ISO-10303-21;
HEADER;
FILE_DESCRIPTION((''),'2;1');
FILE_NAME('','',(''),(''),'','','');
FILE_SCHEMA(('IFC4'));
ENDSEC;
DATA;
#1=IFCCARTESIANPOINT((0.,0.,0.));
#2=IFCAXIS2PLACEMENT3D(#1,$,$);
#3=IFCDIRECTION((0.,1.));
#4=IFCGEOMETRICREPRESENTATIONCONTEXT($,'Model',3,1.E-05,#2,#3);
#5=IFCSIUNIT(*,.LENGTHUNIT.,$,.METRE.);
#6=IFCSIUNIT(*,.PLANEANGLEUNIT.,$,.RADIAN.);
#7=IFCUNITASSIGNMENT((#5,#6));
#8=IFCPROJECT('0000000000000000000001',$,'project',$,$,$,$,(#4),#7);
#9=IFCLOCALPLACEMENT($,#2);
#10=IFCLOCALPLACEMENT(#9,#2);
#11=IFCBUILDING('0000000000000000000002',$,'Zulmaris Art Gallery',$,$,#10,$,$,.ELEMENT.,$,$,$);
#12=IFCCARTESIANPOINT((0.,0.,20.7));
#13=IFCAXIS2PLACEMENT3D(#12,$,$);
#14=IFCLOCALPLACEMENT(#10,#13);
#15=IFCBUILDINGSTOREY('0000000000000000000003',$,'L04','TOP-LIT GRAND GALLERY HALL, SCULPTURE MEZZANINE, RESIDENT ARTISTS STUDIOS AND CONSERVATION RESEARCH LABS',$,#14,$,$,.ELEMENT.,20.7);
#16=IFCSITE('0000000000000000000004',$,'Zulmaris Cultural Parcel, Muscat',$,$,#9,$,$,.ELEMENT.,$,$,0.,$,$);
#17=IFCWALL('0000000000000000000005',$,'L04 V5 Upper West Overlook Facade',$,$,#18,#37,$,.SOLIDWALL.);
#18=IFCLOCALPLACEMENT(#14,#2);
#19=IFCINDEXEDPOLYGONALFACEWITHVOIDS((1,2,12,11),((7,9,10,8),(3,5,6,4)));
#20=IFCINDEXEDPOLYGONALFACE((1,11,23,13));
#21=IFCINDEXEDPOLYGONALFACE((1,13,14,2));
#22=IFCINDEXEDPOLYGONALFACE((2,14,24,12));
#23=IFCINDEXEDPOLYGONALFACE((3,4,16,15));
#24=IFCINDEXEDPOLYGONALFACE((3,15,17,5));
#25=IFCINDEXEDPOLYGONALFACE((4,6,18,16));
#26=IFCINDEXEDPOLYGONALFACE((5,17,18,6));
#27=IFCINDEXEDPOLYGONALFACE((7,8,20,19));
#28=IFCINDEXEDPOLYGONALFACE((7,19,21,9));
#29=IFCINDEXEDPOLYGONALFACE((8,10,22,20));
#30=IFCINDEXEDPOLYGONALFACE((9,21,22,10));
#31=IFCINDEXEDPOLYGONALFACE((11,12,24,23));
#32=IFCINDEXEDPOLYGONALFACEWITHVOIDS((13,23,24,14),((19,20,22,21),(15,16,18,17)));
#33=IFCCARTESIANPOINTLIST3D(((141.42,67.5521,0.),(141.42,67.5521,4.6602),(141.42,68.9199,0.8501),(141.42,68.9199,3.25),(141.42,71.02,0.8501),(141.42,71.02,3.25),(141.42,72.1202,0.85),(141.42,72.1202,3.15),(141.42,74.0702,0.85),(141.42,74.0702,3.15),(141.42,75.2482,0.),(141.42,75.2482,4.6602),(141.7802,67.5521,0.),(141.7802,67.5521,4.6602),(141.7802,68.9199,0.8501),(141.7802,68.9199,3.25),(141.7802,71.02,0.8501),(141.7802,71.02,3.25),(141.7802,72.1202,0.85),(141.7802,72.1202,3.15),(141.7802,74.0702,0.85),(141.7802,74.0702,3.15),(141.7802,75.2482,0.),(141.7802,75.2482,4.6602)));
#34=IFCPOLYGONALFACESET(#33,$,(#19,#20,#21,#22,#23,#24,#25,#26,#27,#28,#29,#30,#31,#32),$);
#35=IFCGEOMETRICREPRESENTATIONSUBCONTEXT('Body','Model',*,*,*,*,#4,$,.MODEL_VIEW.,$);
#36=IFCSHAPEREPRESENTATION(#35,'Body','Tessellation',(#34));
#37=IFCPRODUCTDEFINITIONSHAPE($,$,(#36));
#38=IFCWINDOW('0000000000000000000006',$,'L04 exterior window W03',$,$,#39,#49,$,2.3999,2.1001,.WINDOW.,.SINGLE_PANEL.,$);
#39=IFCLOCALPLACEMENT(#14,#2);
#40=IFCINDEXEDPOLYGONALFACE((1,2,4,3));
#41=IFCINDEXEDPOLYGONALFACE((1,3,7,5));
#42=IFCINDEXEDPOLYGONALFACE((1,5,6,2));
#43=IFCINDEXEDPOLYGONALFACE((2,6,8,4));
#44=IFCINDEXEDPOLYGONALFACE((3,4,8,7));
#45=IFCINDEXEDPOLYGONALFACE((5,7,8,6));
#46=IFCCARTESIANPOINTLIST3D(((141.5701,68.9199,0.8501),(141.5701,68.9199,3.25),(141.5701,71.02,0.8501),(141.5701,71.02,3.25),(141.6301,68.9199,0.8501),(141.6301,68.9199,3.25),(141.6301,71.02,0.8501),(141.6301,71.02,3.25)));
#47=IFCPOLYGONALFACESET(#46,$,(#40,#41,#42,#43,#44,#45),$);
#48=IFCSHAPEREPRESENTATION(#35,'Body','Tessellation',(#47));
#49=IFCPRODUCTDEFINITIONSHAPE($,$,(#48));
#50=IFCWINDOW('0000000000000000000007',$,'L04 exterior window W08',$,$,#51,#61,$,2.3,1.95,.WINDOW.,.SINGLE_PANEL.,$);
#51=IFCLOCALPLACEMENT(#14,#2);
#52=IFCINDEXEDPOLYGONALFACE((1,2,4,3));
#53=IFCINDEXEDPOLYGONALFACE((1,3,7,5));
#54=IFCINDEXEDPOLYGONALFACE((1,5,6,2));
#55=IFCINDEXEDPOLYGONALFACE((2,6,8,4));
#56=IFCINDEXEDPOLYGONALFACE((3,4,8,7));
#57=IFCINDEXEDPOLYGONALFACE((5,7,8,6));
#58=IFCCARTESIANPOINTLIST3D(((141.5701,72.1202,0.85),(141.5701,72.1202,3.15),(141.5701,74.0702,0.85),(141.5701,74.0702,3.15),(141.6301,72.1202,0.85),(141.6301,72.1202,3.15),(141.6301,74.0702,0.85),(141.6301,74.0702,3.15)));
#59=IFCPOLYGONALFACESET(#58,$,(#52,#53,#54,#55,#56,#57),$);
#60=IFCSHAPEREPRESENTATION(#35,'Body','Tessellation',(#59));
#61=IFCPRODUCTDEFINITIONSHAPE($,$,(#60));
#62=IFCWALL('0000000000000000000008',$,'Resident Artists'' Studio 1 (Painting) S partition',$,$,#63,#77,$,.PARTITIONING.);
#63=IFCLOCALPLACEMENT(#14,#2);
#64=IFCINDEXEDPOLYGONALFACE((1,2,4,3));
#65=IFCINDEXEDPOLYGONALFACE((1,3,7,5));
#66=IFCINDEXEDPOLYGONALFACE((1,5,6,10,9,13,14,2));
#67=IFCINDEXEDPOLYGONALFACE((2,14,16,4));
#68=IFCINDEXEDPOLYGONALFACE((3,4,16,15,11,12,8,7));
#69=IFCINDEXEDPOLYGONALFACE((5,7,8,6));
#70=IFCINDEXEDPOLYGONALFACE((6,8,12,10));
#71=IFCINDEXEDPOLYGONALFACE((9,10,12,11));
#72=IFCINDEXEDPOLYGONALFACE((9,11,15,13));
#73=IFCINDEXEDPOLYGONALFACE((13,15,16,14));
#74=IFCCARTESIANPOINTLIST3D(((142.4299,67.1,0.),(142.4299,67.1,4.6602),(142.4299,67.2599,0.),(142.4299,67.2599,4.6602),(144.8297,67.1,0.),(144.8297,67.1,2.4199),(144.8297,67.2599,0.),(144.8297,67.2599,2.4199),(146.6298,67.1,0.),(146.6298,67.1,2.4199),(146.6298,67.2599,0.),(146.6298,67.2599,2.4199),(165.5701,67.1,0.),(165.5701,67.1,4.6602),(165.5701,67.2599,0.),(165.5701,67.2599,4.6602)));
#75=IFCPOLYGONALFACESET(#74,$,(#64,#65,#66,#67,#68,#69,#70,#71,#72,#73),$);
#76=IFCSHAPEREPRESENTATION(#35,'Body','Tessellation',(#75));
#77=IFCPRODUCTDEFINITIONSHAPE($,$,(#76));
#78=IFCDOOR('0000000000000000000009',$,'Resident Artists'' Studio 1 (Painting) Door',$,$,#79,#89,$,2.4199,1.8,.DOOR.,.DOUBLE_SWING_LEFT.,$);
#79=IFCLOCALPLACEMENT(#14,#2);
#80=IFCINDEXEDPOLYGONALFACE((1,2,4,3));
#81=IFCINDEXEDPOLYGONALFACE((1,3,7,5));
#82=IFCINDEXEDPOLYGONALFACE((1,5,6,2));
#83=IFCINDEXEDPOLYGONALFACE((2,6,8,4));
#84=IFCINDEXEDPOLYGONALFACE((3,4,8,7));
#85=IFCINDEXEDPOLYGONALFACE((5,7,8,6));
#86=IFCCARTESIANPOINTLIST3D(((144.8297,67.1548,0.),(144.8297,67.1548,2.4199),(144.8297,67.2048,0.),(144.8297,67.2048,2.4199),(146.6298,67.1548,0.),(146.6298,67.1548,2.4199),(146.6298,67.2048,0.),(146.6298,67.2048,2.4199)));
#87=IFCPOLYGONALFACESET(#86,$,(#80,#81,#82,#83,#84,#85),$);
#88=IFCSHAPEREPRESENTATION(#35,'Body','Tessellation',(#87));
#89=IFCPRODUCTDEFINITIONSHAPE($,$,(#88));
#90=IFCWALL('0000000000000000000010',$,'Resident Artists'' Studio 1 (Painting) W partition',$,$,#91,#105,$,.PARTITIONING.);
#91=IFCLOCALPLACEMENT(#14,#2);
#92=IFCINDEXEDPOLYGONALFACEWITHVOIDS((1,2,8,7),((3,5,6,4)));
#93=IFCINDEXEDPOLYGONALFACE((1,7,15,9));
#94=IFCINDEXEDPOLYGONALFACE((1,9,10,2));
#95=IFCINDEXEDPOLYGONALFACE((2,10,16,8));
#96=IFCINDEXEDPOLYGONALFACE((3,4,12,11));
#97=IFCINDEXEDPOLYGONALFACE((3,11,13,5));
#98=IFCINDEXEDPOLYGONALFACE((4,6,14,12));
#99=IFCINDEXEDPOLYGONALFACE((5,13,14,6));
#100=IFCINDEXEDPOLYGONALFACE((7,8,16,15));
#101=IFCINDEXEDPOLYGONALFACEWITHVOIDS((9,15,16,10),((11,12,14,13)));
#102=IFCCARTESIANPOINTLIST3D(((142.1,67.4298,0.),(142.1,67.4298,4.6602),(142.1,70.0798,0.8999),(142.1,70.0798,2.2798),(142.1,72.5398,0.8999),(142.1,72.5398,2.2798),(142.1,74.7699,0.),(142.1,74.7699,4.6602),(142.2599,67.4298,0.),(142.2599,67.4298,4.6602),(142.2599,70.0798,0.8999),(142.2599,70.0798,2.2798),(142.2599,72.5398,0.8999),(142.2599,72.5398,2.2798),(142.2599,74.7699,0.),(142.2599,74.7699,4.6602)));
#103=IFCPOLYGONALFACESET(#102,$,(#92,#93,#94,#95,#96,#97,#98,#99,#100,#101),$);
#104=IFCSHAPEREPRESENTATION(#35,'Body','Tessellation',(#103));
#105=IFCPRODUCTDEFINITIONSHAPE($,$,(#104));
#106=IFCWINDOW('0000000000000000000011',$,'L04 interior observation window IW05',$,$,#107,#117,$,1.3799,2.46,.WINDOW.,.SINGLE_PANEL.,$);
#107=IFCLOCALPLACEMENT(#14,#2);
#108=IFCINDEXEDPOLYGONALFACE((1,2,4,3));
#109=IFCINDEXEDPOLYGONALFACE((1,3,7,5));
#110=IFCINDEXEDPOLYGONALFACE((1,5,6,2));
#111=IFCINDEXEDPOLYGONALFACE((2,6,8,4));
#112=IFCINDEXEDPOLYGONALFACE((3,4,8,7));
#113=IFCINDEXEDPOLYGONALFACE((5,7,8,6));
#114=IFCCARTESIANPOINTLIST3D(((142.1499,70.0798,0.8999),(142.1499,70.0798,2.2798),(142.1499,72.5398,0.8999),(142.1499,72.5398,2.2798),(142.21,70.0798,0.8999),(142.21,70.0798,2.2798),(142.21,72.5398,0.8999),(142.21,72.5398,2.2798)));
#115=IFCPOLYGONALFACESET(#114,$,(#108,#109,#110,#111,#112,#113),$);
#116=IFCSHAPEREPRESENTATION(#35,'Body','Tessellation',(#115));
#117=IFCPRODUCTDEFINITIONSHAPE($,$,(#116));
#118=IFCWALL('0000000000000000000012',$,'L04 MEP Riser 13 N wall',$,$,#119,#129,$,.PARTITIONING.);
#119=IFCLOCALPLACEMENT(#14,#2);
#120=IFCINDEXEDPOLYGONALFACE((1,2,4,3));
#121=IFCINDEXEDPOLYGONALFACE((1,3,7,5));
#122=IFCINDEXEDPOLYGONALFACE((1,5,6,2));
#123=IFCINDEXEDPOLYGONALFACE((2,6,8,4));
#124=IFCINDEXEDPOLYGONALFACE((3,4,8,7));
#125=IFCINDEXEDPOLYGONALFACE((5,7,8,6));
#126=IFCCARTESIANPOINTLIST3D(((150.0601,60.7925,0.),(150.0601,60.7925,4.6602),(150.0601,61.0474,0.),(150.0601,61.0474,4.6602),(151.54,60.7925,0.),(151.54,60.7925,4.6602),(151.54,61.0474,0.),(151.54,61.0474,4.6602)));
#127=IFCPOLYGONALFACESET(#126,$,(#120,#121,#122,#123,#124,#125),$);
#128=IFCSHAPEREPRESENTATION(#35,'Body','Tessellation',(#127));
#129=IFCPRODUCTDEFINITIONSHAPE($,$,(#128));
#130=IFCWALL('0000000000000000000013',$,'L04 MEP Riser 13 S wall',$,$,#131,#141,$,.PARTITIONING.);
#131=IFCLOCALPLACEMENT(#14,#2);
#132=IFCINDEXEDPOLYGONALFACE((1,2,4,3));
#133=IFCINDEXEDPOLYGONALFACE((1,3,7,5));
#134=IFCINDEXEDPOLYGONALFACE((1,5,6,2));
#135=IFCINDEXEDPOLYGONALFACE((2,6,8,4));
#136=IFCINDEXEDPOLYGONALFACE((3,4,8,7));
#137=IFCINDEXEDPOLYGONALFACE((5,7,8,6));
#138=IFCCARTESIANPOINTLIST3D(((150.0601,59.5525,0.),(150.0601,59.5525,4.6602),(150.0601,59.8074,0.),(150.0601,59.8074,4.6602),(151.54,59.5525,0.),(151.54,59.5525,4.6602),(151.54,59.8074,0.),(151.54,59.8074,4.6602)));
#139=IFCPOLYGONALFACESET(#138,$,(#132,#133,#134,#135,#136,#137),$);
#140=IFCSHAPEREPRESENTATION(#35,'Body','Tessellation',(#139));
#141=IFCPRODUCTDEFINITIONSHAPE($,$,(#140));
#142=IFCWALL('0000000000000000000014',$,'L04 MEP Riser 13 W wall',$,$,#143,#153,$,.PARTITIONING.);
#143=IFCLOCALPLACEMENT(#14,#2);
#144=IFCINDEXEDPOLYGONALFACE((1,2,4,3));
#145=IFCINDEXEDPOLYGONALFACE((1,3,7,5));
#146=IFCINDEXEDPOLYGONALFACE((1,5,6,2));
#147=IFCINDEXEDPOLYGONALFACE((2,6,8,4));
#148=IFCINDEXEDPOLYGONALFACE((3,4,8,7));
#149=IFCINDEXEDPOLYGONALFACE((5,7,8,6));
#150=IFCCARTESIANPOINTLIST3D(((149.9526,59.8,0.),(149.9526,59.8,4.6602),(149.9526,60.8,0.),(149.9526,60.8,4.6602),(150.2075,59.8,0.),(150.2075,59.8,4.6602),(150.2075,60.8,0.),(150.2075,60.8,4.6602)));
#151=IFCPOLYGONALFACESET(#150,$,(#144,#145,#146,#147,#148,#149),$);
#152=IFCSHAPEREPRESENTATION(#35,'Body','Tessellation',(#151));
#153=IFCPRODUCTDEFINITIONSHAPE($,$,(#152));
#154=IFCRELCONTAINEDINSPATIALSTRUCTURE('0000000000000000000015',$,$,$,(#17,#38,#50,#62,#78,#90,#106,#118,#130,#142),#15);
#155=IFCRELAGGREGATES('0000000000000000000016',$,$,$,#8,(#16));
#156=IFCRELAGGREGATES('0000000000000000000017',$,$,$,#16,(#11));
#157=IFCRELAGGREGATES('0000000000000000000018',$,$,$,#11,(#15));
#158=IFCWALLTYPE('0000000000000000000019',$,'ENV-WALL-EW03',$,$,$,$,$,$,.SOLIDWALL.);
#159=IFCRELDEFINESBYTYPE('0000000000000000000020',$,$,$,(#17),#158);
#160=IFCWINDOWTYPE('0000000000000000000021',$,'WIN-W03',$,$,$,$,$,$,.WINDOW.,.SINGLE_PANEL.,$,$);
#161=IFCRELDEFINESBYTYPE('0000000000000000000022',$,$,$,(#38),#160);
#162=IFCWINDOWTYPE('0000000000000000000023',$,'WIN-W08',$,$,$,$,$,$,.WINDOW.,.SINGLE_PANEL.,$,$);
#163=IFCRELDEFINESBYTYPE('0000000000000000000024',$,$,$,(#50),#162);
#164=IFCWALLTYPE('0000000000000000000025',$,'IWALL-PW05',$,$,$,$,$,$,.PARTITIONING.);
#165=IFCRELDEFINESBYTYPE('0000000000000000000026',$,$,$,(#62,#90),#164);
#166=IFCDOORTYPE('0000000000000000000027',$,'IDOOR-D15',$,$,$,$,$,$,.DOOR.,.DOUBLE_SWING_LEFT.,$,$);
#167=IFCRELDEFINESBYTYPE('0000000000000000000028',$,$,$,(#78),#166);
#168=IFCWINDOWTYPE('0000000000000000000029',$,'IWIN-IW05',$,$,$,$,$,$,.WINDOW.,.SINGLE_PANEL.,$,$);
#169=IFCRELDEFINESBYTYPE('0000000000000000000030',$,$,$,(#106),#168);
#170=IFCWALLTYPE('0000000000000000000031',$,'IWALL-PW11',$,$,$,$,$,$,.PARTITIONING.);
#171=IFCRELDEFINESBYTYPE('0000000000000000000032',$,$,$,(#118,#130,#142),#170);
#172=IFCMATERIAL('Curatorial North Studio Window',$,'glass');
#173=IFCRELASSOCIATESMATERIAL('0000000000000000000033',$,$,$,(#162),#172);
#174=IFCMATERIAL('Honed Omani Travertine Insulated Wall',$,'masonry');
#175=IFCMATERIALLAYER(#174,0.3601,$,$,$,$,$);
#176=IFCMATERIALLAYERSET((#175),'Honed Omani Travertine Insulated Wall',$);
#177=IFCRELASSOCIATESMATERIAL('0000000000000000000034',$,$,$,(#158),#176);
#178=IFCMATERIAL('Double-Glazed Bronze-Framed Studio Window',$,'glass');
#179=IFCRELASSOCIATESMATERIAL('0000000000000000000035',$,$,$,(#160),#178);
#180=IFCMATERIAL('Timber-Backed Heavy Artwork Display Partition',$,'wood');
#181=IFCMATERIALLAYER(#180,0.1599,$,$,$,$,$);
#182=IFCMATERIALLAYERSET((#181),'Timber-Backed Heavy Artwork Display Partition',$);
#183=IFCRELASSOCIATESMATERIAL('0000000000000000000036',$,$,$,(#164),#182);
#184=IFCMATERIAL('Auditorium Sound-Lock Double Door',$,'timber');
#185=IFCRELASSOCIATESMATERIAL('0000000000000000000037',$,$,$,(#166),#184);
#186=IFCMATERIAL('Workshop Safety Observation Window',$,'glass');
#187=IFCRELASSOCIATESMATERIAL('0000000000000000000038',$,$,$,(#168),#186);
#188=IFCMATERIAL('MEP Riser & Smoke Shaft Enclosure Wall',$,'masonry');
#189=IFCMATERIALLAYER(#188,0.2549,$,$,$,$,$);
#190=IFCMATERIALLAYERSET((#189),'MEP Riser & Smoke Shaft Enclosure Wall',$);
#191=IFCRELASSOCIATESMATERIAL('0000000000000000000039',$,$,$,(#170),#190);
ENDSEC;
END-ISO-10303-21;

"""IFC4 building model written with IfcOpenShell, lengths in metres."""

from ifc_helpers import new_model, si_unit, direction, frame, frame_2d, origin, place, context, subcontext, project, spatial, rectangle, extrude, material, layer, layer_set, type_object, element, fill, save


model = new_model("IFC4")

# Units and contexts
model_context = context("Model", 3, precision=1e-05, world=origin(), true_north=direction((0.0, 1.0)))
body_context = subcontext(model_context, "Body", "Model", "MODEL_VIEW")
ifc_project = project(units=[si_unit("LENGTHUNIT", "METRE"), si_unit("PLANEANGLEUNIT", "RADIAN")], contexts=[model_context])

# Site, building, storey
site_placement = place(None, origin())
site = spatial("IfcSite", under=ifc_project, at=site_placement, Name="Zulmaris Cultural Parcel, Muscat", CompositionType="ELEMENT", RefElevation=0.0)
building_placement = place(site_placement, origin())
building = spatial("IfcBuilding", under=site, at=building_placement, Name="Zulmaris Art Gallery", CompositionType="ELEMENT")
storey_placement = place(building_placement, frame((0.0, 0.0, 20.7)))
storey = spatial("IfcBuildingStorey", under=building, at=storey_placement, Name="L04", Description="TOP-LIT GRAND GALLERY HALL, SCULPTURE MEZZANINE, RESIDENT ARTISTS STUDIOS AND CONSERVATION RESEARCH LABS", CompositionType="ELEMENT", Elevation=20.7)

# Wall, openings, windows
ifc_material_1 = material(Name="Curatorial North Studio Window", Category="glass")
window_type_1 = type_object("IfcWindowType", Name="WIN-W08", PartitioningType="SINGLE_PANEL", PredefinedType="WINDOW", material=ifc_material_1)
ifc_material_2 = material(Name="Honed Omani Travertine Insulated Wall", Category="masonry")
ifc_layer_1 = layer(ifc_material_2, 0.3601)
ifc_layer_set_1 = layer_set([ifc_layer_1], Name="Honed Omani Travertine Insulated Wall")
wall_type_1 = type_object("IfcWallType", Name="ENV-WALL-EW03", PredefinedType="SOLIDWALL", material=ifc_layer_set_1)
ifc_material_3 = material(Name="Double-Glazed Bronze-Framed Studio Window", Category="glass")
window_type_2 = type_object("IfcWindowType", Name="WIN-W03", PartitioningType="SINGLE_PANEL", PredefinedType="WINDOW", material=ifc_material_3)
wall_1_placement = place(storey_placement, frame((141.6001, 67.552, 0.0), z_axis=(0.0, 0.0, 1.0), x_axis=(0.0, 1.0, 0.0)))
wall_1 = element("IfcWall", 1, at=wall_1_placement, inside=storey, type_object=wall_type_1, Name="L04 V5 Upper West Overlook Facade", PredefinedType="SOLIDWALL", context=body_context, shape_type="SweptSolid", body=[
    extrude(rectangle(XDim=7.696, YDim=0.3601, at=frame_2d((3.8481, 0.0))), origin(), (0.0, 0.0, 1.0), 4.6602),
])
opening_1_placement = place(wall_1_placement, frame((1.3679, 0.0, 0.8501)))
opening_1 = element("IfcOpeningElement", 2, at=opening_1_placement, cuts=wall_1, PredefinedType="OPENING", context=body_context, shape_type="SweptSolid", body=[
    extrude(rectangle(XDim=2.1001, YDim=2.3999, at=frame_2d((1.05, 1.2))), frame((0.0, 0.1899, 0.0), z_axis=(0.0, -1.0, 0.0), x_axis=(1.0, 0.0, 0.0)), (0.0, 0.0, 1.0), 0.3801),
])
opening_2_placement = place(wall_1_placement, frame((4.5681, 0.0, 0.8501)))
opening_2 = element("IfcOpeningElement", 3, at=opening_2_placement, cuts=wall_1, PredefinedType="OPENING", context=body_context, shape_type="SweptSolid", body=[
    extrude(rectangle(XDim=1.95, YDim=2.3, at=frame_2d((0.9751, 1.1499))), frame((0.0, 0.1899, 0.0), z_axis=(0.0, -1.0, 0.0), x_axis=(1.0, 0.0, 0.0)), (0.0, 0.0, 1.0), 0.3801),
])
window_1_placement = place(opening_1_placement, origin())
window_1 = element("IfcWindow", 4, at=window_1_placement, inside=storey, type_object=window_type_2, Name="L04 exterior window W03", OverallHeight=2.3999, OverallWidth=2.1001, PartitioningType="SINGLE_PANEL", PredefinedType="WINDOW", context=body_context, shape_type="SweptSolid", body=[
    extrude(rectangle(XDim=2.1001, YDim=2.3999, at=frame_2d((1.05, 1.2))), frame((0.0, 0.03, 0.0), z_axis=(0.0, -1.0, 0.0), x_axis=(1.0, 0.0, 0.0)), (0.0, 0.0, 1.0), 0.0601),
])
fill(opening_1, window_1)
window_2_placement = place(opening_2_placement, origin())
window_2 = element("IfcWindow", 5, at=window_2_placement, inside=storey, type_object=window_type_1, Name="L04 exterior window W08", OverallHeight=2.3, OverallWidth=1.95, PartitioningType="SINGLE_PANEL", PredefinedType="WINDOW", context=body_context, shape_type="SweptSolid", body=[
    extrude(rectangle(XDim=1.95, YDim=2.3, at=frame_2d((0.9751, 1.1499))), frame((0.0, 0.03, 0.0), z_axis=(0.0, -1.0, 0.0), x_axis=(1.0, 0.0, 0.0)), (0.0, 0.0, 1.0), 0.0601),
])
fill(opening_2, window_2)

# Wall, opening, door
ifc_material_4 = material(Name="Timber-Backed Heavy Artwork Display Partition", Category="wood")
ifc_layer_2 = layer(ifc_material_4, 0.1599)
ifc_layer_set_2 = layer_set([ifc_layer_2], Name="Timber-Backed Heavy Artwork Display Partition")
wall_type_2 = type_object("IfcWallType", Name="IWALL-PW05", PredefinedType="PARTITIONING", material=ifc_layer_set_2)
wall_2_placement = place(storey_placement, frame((142.4299, 67.1799, 0.0), z_axis=(0.0, 0.0, 1.0), x_axis=(1.0, 0.0, 0.0)))
wall_2 = element("IfcWall", 6, at=wall_2_placement, inside=storey, type_object=wall_type_2, Name="Resident Artists' Studio 1 (Painting) S partition", PredefinedType="PARTITIONING", context=body_context, shape_type="SweptSolid", body=[
    extrude(rectangle(XDim=23.1401, YDim=0.1599, at=frame_2d((11.5701, 0.0))), origin(), (0.0, 0.0, 1.0), 4.6602),
])
opening_3_placement = place(wall_2_placement, frame((2.3999, 0.0, 0.0)))
opening_3 = element("IfcOpeningElement", 7, at=opening_3_placement, cuts=wall_2, PredefinedType="OPENING", context=body_context, shape_type="SweptSolid", body=[
    extrude(rectangle(XDim=1.8, YDim=2.4199, at=frame_2d((0.8999, 1.21))), frame((0.0, 0.0898, 0.0), z_axis=(0.0, -1.0, 0.0), x_axis=(1.0, 0.0, 0.0)), (0.0, 0.0, 1.0), 0.1799),
])
ifc_material_5 = material(Name="Auditorium Sound-Lock Double Door", Category="timber")
door_type = type_object("IfcDoorType", Name="IDOOR-D15", OperationType="DOUBLE_SWING_LEFT", PredefinedType="DOOR", material=ifc_material_5)
door_placement = place(opening_3_placement, origin())
door = element("IfcDoor", 8, at=door_placement, inside=storey, type_object=door_type, Name="Resident Artists' Studio 1 (Painting) Door", OperationType="DOUBLE_SWING_LEFT", OverallHeight=2.4199, OverallWidth=1.8, PredefinedType="DOOR", context=body_context, shape_type="SweptSolid", body=[
    extrude(rectangle(XDim=1.8, YDim=2.4199, at=frame_2d((0.8999, 1.21))), frame((0.0, 0.0249, 0.0), z_axis=(0.0, -1.0, 0.0), x_axis=(1.0, 0.0, 0.0)), (0.0, 0.0, 1.0), 0.05),
])
fill(opening_3, door)

# Wall, opening, window
wall_3_placement = place(storey_placement, frame((142.1799, 67.4299, 0.0), z_axis=(0.0, 0.0, 1.0), x_axis=(0.0, 1.0, 0.0)))
wall_3 = element("IfcWall", 9, at=wall_3_placement, inside=storey, type_object=wall_type_2, Name="Resident Artists' Studio 1 (Painting) W partition", PredefinedType="PARTITIONING", context=body_context, shape_type="SweptSolid", body=[
    extrude(rectangle(XDim=7.3401, YDim=0.1599, at=frame_2d((3.6699, 0.0))), origin(), (0.0, 0.0, 1.0), 4.6602),
])
opening_4_placement = place(wall_3_placement, frame((2.6499, 0.0, 0.8999)))
opening_4 = element("IfcOpeningElement", 10, at=opening_4_placement, cuts=wall_3, PredefinedType="OPENING", context=body_context, shape_type="SweptSolid", body=[
    extrude(rectangle(XDim=2.46, YDim=1.3799, at=frame_2d((1.23, 0.6899))), frame((0.0, 0.0898, 0.0), z_axis=(0.0, -1.0, 0.0), x_axis=(1.0, 0.0, 0.0)), (0.0, 0.0, 1.0), 0.1799),
])
ifc_material_6 = material(Name="Workshop Safety Observation Window", Category="glass")
window_type_3 = type_object("IfcWindowType", Name="IWIN-IW05", PartitioningType="SINGLE_PANEL", PredefinedType="WINDOW", material=ifc_material_6)
window_3_placement = place(opening_4_placement, origin())
window_3 = element("IfcWindow", 11, at=window_3_placement, inside=storey, type_object=window_type_3, Name="L04 interior observation window IW05", OverallHeight=1.3799, OverallWidth=2.46, PartitioningType="SINGLE_PANEL", PredefinedType="WINDOW", context=body_context, shape_type="SweptSolid", body=[
    extrude(rectangle(XDim=2.46, YDim=1.3799, at=frame_2d((1.23, 0.6899))), frame((0.0, 0.03, 0.0), z_axis=(0.0, -1.0, 0.0), x_axis=(1.0, 0.0, 0.0)), (0.0, 0.0, 1.0), 0.0601),
])
fill(opening_4, window_3)

# Walls
ifc_material_7 = material(Name="MEP Riser & Smoke Shaft Enclosure Wall", Category="masonry")
ifc_layer_3 = layer(ifc_material_7, 0.2549)
ifc_layer_set_3 = layer_set([ifc_layer_3], Name="MEP Riser & Smoke Shaft Enclosure Wall")
wall_type_3 = type_object("IfcWallType", Name="IWALL-PW11", PredefinedType="PARTITIONING", material=ifc_layer_set_3)
for number, where, z_axis, x_axis, name in (
    (12, (150.0601, 60.9199, 0.0), (0.0, 0.0, 1.0), (1.0, 0.0, 0.0), "L04 MEP Riser 13 N wall"),
    (13, (150.0601, 59.6799, 0.0), (0.0, 0.0, 1.0), (1.0, 0.0, 0.0), "L04 MEP Riser 13 S wall"),
):
    element("IfcWall", number, at=place(storey_placement, frame(where, z_axis=z_axis, x_axis=x_axis)), inside=storey, type_object=wall_type_3, Name=name, PredefinedType="PARTITIONING", context=body_context, shape_type="SweptSolid", body=[
        extrude(rectangle(XDim=1.48, YDim=0.2549, at=frame_2d((0.74, 0.0))), origin(), (0.0, 0.0, 1.0), 4.6602),
    ])
wall_4_placement = place(storey_placement, frame((150.0801, 59.8, 0.0), z_axis=(0.0, 0.0, 1.0), x_axis=(0.0, 1.0, 0.0)))
element("IfcWall", 14, at=wall_4_placement, inside=storey, type_object=wall_type_3, Name="L04 MEP Riser 13 W wall", PredefinedType="PARTITIONING", context=body_context, shape_type="SweptSolid", body=[
    extrude(rectangle(XDim=1.0, YDim=0.2549, at=frame_2d((0.5, 0.0))), origin(), (0.0, 0.0, 1.0), 4.6602),
])

save(model, "model.ifc")
